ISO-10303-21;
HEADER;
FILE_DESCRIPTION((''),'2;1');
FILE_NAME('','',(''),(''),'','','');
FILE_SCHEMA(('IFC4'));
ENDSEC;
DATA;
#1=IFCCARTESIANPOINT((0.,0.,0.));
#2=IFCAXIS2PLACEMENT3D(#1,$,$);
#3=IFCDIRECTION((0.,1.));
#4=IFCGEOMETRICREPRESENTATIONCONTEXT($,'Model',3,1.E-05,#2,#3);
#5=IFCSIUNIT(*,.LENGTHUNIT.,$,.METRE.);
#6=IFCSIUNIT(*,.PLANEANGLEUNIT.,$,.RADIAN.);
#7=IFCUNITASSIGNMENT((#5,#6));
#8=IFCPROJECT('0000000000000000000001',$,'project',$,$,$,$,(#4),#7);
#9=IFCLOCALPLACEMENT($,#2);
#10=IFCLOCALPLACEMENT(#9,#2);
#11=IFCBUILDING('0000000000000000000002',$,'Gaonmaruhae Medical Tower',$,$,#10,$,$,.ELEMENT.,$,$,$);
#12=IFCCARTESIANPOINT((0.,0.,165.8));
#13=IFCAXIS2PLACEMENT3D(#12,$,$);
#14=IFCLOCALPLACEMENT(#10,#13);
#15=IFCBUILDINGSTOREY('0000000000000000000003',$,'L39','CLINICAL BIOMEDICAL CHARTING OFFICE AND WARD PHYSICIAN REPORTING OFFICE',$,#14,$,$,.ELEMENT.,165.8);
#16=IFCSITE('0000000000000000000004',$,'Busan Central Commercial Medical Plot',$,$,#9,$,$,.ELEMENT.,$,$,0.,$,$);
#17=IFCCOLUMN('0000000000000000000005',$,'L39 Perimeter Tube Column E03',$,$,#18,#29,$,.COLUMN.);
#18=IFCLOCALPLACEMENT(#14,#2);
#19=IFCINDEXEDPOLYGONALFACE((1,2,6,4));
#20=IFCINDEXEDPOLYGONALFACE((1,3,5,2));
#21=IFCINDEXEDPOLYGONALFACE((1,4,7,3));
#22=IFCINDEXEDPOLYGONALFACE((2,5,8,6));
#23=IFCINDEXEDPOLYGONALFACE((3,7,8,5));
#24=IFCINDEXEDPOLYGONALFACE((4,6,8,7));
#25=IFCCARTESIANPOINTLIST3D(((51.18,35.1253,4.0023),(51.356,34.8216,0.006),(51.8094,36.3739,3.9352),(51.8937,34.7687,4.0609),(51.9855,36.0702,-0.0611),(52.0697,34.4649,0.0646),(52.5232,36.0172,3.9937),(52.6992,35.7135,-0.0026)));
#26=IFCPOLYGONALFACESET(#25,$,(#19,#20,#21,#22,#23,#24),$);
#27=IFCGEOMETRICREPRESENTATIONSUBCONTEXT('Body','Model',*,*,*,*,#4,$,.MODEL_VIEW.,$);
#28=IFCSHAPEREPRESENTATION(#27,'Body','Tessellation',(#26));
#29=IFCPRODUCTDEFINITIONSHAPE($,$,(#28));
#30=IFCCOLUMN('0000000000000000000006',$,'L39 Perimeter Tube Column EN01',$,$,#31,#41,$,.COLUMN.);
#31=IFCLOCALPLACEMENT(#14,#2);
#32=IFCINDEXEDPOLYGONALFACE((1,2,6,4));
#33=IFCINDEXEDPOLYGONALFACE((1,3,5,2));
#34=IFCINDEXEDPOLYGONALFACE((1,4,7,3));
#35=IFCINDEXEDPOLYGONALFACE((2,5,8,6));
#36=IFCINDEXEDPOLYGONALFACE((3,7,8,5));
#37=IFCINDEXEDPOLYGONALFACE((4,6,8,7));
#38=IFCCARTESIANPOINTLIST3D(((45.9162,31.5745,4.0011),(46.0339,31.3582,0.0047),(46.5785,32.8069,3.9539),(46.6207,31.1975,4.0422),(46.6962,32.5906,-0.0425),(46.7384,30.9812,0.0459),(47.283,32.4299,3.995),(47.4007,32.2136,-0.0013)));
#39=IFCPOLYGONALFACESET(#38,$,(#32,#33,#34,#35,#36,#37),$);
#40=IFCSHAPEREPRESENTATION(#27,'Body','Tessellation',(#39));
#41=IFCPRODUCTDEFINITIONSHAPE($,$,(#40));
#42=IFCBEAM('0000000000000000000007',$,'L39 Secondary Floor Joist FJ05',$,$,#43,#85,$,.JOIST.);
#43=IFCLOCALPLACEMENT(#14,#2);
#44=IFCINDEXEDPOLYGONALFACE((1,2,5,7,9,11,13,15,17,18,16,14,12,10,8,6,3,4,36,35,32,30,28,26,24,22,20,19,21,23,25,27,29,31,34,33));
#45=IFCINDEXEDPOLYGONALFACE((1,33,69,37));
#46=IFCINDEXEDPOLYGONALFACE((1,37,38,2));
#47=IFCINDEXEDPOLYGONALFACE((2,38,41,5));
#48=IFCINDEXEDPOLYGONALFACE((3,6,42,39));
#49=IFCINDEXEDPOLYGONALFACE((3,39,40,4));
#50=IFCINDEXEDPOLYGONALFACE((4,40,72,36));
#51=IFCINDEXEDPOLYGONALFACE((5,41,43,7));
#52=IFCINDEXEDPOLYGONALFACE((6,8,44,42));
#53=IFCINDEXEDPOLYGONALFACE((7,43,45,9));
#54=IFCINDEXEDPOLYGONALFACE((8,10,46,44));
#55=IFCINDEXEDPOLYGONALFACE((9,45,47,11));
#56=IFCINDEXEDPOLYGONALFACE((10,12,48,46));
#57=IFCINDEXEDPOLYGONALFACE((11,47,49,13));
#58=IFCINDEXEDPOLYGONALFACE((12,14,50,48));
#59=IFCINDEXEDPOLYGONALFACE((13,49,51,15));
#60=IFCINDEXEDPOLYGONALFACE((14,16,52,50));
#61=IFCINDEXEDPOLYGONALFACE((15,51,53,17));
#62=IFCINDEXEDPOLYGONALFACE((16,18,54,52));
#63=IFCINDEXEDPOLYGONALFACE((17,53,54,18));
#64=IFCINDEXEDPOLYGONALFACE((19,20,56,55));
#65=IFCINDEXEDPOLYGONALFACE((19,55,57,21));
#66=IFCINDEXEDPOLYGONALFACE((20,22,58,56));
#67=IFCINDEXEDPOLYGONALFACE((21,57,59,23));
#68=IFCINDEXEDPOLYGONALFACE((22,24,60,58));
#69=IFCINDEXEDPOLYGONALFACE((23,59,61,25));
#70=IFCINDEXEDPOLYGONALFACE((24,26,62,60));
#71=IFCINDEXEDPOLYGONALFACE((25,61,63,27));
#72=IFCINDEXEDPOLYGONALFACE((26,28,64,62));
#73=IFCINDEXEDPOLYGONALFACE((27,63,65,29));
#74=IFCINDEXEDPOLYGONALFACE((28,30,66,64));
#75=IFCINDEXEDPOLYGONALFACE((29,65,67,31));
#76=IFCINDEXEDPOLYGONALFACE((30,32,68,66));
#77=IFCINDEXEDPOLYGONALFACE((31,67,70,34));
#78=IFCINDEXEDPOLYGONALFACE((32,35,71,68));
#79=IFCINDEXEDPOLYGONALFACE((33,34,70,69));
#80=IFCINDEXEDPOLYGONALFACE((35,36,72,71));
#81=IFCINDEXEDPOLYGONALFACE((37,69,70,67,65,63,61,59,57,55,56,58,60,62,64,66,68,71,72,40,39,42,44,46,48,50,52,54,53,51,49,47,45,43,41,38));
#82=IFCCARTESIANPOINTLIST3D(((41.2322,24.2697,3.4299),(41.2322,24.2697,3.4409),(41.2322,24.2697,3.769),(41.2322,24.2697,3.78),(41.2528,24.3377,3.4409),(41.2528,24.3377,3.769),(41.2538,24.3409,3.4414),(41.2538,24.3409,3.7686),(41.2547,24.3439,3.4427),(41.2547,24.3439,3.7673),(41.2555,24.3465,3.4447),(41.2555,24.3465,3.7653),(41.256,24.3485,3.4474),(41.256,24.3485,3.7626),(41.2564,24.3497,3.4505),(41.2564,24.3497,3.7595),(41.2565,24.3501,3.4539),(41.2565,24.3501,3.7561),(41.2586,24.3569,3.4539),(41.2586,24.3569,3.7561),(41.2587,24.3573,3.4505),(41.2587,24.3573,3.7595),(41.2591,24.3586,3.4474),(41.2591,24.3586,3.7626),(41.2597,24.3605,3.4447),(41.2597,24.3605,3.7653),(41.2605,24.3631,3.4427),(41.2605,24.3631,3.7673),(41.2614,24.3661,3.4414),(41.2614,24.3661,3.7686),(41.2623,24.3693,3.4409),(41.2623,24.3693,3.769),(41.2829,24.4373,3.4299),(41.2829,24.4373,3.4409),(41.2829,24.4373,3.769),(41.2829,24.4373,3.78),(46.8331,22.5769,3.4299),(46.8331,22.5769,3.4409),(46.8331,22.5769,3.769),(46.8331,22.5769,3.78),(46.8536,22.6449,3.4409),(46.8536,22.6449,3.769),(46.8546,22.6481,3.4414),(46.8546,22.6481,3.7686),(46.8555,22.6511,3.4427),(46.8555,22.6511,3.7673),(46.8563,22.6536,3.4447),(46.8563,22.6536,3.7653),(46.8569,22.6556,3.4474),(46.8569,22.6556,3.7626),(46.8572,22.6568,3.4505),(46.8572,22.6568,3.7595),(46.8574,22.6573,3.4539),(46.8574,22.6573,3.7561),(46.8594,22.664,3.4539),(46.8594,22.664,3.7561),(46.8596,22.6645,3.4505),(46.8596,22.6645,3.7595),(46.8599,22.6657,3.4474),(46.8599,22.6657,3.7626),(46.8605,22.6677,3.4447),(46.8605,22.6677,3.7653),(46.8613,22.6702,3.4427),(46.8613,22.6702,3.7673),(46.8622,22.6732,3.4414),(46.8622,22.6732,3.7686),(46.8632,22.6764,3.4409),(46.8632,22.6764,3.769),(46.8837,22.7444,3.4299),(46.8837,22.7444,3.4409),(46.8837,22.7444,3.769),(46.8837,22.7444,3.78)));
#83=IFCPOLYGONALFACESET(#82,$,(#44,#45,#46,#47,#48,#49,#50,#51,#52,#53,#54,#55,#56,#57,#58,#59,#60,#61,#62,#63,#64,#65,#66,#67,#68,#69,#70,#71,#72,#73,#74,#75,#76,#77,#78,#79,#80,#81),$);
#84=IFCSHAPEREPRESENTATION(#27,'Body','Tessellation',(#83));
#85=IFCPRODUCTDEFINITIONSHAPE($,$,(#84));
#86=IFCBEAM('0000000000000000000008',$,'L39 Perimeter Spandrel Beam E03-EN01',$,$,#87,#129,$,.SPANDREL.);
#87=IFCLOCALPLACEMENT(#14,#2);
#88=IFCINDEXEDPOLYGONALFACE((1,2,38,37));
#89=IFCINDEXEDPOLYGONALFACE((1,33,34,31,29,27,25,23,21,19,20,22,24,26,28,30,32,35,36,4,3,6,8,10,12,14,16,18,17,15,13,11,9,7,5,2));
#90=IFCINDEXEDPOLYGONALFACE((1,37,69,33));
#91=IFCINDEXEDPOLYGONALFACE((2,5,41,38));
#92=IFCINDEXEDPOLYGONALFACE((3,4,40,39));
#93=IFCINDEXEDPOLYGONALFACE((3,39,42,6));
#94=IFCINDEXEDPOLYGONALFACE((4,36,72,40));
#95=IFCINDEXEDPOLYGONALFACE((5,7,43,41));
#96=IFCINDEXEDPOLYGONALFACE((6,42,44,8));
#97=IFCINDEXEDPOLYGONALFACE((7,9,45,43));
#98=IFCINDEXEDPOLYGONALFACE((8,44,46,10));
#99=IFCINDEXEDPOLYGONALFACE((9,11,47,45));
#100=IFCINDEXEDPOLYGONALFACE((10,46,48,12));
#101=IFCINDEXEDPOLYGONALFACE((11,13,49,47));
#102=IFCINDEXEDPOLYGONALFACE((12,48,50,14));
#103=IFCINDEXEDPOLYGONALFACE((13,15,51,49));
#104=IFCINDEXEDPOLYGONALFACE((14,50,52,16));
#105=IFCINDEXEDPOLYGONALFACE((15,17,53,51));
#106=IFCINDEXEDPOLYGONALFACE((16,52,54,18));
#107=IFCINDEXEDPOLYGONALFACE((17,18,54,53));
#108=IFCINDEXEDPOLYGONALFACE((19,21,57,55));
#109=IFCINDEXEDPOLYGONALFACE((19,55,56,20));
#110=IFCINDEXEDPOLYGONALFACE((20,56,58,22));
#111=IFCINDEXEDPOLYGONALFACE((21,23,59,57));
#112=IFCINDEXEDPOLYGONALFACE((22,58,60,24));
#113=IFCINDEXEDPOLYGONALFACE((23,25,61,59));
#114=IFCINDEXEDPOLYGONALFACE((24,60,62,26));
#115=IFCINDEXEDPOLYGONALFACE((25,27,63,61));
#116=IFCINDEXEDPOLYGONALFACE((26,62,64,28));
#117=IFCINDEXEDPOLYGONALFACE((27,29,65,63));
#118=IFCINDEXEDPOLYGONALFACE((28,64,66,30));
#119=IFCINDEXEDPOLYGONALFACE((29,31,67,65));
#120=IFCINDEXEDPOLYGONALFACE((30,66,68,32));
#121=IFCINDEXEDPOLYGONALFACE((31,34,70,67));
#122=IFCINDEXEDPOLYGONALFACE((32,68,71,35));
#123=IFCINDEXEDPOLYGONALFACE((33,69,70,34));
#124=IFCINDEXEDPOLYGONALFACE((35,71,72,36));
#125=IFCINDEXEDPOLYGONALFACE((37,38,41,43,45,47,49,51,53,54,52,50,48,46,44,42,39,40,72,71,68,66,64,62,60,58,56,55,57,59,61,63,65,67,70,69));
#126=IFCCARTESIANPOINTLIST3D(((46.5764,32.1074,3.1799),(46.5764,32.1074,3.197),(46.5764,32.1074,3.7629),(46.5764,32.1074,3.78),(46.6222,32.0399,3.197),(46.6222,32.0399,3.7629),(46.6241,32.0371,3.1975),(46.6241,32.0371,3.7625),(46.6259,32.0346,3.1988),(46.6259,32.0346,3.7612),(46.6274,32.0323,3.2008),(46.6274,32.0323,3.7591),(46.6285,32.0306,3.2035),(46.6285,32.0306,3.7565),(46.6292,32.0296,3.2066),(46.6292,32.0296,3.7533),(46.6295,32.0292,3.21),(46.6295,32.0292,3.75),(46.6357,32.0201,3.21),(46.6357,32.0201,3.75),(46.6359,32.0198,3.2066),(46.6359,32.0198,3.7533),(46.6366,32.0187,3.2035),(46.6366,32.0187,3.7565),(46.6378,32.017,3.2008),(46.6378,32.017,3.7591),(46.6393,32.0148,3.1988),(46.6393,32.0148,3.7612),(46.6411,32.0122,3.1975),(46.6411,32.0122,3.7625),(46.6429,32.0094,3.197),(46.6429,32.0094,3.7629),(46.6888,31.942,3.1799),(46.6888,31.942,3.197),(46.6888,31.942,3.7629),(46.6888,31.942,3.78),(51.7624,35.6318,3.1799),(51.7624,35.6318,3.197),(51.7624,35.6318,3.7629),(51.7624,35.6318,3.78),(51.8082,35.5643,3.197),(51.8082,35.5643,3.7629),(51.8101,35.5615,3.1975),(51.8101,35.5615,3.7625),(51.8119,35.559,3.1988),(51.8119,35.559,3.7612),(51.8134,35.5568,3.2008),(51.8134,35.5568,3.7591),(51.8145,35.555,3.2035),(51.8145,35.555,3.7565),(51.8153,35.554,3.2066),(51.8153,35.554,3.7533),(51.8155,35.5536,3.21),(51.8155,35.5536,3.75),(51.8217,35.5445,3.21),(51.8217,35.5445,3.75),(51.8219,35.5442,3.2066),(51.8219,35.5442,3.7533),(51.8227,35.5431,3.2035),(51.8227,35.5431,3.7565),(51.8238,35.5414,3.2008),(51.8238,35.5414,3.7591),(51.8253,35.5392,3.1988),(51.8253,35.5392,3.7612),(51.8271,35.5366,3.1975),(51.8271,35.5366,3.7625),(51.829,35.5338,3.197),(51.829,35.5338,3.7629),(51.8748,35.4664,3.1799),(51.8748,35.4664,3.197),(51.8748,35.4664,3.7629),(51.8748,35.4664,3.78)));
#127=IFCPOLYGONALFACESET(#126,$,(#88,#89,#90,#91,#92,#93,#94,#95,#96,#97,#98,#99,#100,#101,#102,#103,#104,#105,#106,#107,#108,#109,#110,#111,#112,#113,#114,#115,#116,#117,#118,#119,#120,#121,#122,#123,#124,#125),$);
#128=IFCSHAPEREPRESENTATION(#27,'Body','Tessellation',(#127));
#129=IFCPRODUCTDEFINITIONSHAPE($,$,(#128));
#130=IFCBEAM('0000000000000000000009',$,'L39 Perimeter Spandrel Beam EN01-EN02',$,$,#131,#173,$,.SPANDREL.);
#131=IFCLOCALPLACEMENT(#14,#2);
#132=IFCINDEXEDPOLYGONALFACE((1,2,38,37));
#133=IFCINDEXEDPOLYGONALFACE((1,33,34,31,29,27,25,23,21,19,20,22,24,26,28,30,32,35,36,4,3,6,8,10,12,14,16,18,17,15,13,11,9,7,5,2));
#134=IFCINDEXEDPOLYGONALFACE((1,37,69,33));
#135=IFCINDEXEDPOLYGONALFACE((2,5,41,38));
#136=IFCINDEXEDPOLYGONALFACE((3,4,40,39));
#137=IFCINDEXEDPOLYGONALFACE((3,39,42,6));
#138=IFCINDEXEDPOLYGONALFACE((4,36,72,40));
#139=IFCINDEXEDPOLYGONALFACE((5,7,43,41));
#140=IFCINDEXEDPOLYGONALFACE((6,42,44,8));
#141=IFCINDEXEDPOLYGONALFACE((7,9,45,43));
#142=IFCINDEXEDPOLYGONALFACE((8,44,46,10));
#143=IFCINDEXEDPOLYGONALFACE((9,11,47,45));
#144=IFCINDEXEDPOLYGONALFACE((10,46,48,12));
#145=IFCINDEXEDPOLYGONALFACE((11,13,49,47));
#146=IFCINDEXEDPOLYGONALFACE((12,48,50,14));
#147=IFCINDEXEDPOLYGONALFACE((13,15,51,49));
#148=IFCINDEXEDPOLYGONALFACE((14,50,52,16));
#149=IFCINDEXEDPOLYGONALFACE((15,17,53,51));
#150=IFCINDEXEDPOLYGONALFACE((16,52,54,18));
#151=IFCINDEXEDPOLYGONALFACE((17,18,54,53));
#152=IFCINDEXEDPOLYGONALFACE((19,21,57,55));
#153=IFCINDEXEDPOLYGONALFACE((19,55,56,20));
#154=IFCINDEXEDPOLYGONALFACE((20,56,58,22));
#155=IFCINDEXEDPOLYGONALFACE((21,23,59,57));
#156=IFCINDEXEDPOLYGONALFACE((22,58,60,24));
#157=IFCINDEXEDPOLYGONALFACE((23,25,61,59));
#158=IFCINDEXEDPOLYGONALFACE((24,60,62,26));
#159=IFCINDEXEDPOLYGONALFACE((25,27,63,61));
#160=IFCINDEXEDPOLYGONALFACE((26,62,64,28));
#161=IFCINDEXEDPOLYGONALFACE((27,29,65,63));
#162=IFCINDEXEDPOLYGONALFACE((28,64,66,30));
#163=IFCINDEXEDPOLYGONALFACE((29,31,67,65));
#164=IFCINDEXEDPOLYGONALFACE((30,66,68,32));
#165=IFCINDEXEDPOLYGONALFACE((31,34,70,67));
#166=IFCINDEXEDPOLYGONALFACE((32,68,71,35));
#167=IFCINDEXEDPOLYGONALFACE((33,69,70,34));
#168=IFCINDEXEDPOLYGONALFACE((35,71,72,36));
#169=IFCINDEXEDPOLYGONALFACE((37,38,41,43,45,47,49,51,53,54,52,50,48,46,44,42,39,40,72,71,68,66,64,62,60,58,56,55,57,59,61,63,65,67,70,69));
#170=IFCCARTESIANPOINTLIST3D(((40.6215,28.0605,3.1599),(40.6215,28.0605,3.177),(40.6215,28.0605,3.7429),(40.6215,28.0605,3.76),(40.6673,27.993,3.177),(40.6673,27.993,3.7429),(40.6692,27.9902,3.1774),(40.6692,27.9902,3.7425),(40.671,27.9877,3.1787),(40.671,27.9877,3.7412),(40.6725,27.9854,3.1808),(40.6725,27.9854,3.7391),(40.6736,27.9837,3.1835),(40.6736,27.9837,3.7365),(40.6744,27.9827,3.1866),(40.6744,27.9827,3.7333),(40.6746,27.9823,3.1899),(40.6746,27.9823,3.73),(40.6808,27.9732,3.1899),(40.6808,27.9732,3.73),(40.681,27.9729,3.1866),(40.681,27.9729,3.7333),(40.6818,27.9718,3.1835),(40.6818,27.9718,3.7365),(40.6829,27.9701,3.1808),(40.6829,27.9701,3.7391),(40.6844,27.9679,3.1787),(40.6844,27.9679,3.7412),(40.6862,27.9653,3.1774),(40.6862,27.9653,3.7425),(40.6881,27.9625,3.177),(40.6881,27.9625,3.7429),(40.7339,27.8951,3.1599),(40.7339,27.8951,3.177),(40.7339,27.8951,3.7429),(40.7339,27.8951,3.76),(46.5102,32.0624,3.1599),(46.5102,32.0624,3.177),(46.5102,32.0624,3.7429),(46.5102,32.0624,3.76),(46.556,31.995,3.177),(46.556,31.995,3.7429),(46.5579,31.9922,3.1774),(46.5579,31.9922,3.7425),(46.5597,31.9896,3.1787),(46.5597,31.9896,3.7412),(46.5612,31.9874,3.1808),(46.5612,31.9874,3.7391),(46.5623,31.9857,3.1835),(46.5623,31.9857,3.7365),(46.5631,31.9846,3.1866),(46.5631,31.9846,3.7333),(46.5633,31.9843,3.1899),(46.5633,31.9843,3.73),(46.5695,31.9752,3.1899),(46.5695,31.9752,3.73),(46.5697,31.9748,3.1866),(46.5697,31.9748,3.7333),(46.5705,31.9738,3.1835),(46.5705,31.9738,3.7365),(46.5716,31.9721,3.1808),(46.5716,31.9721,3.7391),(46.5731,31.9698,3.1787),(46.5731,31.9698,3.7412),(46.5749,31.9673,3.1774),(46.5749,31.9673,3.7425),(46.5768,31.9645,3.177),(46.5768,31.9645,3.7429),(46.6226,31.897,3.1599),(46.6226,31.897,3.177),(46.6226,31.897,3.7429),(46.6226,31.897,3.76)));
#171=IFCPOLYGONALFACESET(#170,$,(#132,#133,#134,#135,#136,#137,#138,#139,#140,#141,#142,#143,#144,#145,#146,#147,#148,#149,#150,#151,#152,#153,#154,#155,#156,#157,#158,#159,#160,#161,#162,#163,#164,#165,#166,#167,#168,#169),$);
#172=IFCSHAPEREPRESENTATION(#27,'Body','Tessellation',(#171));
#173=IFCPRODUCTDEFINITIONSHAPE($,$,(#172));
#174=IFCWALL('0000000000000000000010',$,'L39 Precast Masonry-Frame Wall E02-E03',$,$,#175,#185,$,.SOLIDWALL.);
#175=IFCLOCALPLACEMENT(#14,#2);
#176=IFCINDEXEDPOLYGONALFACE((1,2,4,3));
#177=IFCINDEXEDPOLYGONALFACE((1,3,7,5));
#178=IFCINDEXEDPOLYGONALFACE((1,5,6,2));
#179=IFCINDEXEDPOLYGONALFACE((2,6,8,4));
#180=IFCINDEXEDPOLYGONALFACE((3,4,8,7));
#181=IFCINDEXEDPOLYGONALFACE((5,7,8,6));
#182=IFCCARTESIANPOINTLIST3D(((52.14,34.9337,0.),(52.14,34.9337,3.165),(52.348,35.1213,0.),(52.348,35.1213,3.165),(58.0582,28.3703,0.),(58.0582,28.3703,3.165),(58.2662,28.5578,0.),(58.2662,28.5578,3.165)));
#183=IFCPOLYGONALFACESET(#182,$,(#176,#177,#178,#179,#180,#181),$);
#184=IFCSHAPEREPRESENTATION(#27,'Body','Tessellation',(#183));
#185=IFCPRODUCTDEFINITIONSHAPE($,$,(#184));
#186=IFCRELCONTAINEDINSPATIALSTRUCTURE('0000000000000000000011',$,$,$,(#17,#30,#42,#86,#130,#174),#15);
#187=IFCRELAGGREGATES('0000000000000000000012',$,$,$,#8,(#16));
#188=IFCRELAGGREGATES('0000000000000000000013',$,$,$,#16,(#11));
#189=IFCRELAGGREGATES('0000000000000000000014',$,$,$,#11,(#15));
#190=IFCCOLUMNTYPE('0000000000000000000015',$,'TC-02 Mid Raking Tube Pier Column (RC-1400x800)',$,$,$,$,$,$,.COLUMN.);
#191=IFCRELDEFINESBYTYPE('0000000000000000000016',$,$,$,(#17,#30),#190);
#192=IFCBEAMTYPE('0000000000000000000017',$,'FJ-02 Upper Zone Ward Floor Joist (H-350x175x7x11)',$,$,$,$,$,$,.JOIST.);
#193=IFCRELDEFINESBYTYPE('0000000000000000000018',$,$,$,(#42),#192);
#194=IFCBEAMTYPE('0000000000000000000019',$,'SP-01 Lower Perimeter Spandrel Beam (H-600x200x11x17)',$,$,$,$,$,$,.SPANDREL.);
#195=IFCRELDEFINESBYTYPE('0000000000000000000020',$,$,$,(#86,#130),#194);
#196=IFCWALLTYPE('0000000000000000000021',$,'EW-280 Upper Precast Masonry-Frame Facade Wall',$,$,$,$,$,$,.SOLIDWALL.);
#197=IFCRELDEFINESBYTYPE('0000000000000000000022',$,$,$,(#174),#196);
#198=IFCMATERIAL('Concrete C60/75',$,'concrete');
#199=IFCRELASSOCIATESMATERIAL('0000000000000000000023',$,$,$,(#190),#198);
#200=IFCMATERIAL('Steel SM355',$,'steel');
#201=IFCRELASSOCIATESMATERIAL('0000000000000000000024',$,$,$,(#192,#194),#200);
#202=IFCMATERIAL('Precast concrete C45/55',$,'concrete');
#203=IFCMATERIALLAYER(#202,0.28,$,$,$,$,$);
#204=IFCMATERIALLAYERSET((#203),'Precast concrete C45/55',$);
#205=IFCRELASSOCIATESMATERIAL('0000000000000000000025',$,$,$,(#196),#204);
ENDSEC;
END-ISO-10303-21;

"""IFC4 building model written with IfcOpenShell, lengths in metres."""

from ifc_helpers import new_model, si_unit, direction, frame, frame_2d, origin, origin_2d, place, context, subcontext, project, spatial, rectangle, i_section, extrude, material, layer, layer_set, material_profile, profile_set, type_object, element, save


model = new_model("IFC4")

# Units and contexts
model_context = context("Model", 3, precision=1e-05, world=origin(), true_north=direction((0.0, 1.0)))
body_context = subcontext(model_context, "Body", "Model", "MODEL_VIEW")
ifc_project = project(units=[si_unit("LENGTHUNIT", "METRE"), si_unit("PLANEANGLEUNIT", "RADIAN")], contexts=[model_context])

# Site, building, storey
site_placement = place(None, origin())
site = spatial("IfcSite", under=ifc_project, at=site_placement, Name="Busan Central Commercial Medical Plot", CompositionType="ELEMENT", RefElevation=0.0)
building_placement = place(site_placement, origin())
building = spatial("IfcBuilding", under=site, at=building_placement, Name="Gaonmaruhae Medical Tower", CompositionType="ELEMENT")
storey_placement = place(building_placement, frame((0.0, 0.0, 165.8)))
storey = spatial("IfcBuildingStorey", under=building, at=storey_placement, Name="L39", Description="CLINICAL BIOMEDICAL CHARTING OFFICE AND WARD PHYSICIAN REPORTING OFFICE", CompositionType="ELEMENT", Elevation=165.8)

# Columns
ifc_material_1 = material(Name="Concrete C60/75", Category="concrete")
ifc_material_profile_1 = material_profile(ifc_material_1, rectangle(XDim=1.3999, YDim=0.8, at=origin_2d()), Name="RC-1400x800")
ifc_profile_set_1 = profile_set([ifc_material_profile_1], Name="Concrete C60/75")
column_type = type_object("IfcColumnType", Name="TC-02 Mid Raking Tube Pier Column (RC-1400x800)", PredefinedType="COLUMN", material=ifc_profile_set_1)
column_1_placement = place(storey_placement, frame((52.0276, 35.2676, 0.0017), z_axis=(-0.043878, 0.075706, 0.996164), x_axis=(-0.449659, -0.891911, 0.047977)))
element("IfcColumn", 1, at=column_1_placement, inside=storey, type_object=column_type, Name="L39 Perimeter Tube Column E03", PredefinedType="COLUMN", context=body_context, shape_type="SweptSolid", body=[
    extrude(rectangle(XDim=1.3999, YDim=0.8, at=origin_2d()), origin(), (0.0, 0.0, 1.0), 4.0117),
])
column_2_placement = place(storey_placement, frame((46.7173, 31.7859, 0.0017), z_axis=(-0.02939, 0.054024, 0.998107), x_axis=(-0.473093, -0.880367, 0.033721)))
element("IfcColumn", 2, at=column_2_placement, inside=storey, type_object=column_type, Name="L39 Perimeter Tube Column EN01", PredefinedType="COLUMN", context=body_context, shape_type="SweptSolid", body=[
    extrude(rectangle(XDim=1.3999, YDim=0.8, at=origin_2d()), origin(), (0.0, 0.0, 1.0), 4.0039),
])

# Beams
ifc_material_2 = material(Name="Steel SM355", Category="steel")
ifc_material_profile_2 = material_profile(ifc_material_2, i_section(OverallWidth=0.175, OverallDepth=0.3501, WebThickness=0.0071, FlangeThickness=0.011, FilletRadius=0.0129, at=origin_2d()), Name="H-350x175x7x11")
ifc_profile_set_2 = profile_set([ifc_material_profile_2], Name="Steel SM355")
beam_type_1 = type_object("IfcBeamType", Name="FJ-02 Upper Zone Ward Floor Joist (H-350x175x7x11)", PredefinedType="JOIST", material=ifc_profile_set_2)
beam_1_placement = place(storey_placement, frame((46.8584, 22.6606, 3.605), z_axis=(-0.957231, 0.289326, 0.0), x_axis=(-0.289326, -0.957231, 0.0)))
element("IfcBeam", 3, at=beam_1_placement, inside=storey, type_object=beam_type_1, Name="L39 Secondary Floor Joist FJ05", PredefinedType="JOIST", context=body_context, shape_type="SweptSolid", body=[
    extrude(i_section(OverallWidth=0.175, OverallDepth=0.3501, WebThickness=0.0071, FlangeThickness=0.011, FilletRadius=0.0129, at=origin_2d()), origin(), (0.0, 0.0, 1.0), 5.8511),
])
ifc_material_profile_3 = material_profile(ifc_material_2, i_section(OverallWidth=0.2, OverallDepth=0.6001, WebThickness=0.011, FlangeThickness=0.0171, FilletRadius=0.0129, at=origin_2d()), Name="H-600x200x11x17")
ifc_profile_set_3 = profile_set([ifc_material_profile_3], Name="Steel SM355")
beam_type_2 = type_object("IfcBeamType", Name="SP-01 Lower Perimeter Spandrel Beam (H-600x200x11x17)", PredefinedType="SPANDREL", material=ifc_profile_set_3)
beam_2_placement = place(storey_placement, frame((51.8186, 35.5491, 3.48), z_axis=(-0.827081, -0.562082, 0.0), x_axis=(0.562082, -0.827081, 0.0)))
element("IfcBeam", 4, at=beam_2_placement, inside=storey, type_object=beam_type_2, Name="L39 Perimeter Spandrel Beam E03-EN01", PredefinedType="SPANDREL", context=body_context, shape_type="SweptSolid", body=[
    extrude(i_section(OverallWidth=0.2, OverallDepth=0.6001, WebThickness=0.011, FlangeThickness=0.0171, FilletRadius=0.0129, at=origin_2d()), origin(), (0.0, 0.0, 1.0), 6.2703),
])
beam_3_placement = place(storey_placement, frame((46.5664, 31.9797, 3.46), z_axis=(-0.82708, -0.562085, 0.0), x_axis=(0.562085, -0.82708, 0.0)))
element("IfcBeam", 5, at=beam_3_placement, inside=storey, type_object=beam_type_2, Name="L39 Perimeter Spandrel Beam EN01-EN02", PredefinedType="SPANDREL", context=body_context, shape_type="SweptSolid", body=[
    extrude(i_section(OverallWidth=0.2, OverallDepth=0.6001, WebThickness=0.011, FlangeThickness=0.0171, FilletRadius=0.0129, at=origin_2d()), origin(), (0.0, 0.0, 1.0), 7.1199),
])

# Wall
ifc_material_3 = material(Name="Precast concrete C45/55", Category="concrete")
ifc_layer_1 = layer(ifc_material_3, 0.28)
ifc_layer_set_1 = layer_set([ifc_layer_1], Name="Precast concrete C45/55")
wall_type_1 = type_object("IfcWallType", Name="EW-280 Upper Precast Masonry-Frame Facade Wall", PredefinedType="SOLIDWALL", material=ifc_layer_set_1)
wall_1_placement = place(storey_placement, frame((52.2439, 35.0276, 0.0), z_axis=(0.0, 0.0, 1.0), x_axis=(0.669657, -0.74267, 0.0)))
element("IfcWall", 6, at=wall_1_placement, inside=storey, type_object=wall_type_1, Name="L39 Precast Masonry-Frame Wall E02-E03", PredefinedType="SOLIDWALL", context=body_context, shape_type="SweptSolid", body=[
    extrude(rectangle(XDim=8.8376, YDim=0.28, at=frame_2d((4.4189, 0.0))), origin(), (0.0, 0.0, 1.0), 3.165),
])

save(model, "model.ifc")
